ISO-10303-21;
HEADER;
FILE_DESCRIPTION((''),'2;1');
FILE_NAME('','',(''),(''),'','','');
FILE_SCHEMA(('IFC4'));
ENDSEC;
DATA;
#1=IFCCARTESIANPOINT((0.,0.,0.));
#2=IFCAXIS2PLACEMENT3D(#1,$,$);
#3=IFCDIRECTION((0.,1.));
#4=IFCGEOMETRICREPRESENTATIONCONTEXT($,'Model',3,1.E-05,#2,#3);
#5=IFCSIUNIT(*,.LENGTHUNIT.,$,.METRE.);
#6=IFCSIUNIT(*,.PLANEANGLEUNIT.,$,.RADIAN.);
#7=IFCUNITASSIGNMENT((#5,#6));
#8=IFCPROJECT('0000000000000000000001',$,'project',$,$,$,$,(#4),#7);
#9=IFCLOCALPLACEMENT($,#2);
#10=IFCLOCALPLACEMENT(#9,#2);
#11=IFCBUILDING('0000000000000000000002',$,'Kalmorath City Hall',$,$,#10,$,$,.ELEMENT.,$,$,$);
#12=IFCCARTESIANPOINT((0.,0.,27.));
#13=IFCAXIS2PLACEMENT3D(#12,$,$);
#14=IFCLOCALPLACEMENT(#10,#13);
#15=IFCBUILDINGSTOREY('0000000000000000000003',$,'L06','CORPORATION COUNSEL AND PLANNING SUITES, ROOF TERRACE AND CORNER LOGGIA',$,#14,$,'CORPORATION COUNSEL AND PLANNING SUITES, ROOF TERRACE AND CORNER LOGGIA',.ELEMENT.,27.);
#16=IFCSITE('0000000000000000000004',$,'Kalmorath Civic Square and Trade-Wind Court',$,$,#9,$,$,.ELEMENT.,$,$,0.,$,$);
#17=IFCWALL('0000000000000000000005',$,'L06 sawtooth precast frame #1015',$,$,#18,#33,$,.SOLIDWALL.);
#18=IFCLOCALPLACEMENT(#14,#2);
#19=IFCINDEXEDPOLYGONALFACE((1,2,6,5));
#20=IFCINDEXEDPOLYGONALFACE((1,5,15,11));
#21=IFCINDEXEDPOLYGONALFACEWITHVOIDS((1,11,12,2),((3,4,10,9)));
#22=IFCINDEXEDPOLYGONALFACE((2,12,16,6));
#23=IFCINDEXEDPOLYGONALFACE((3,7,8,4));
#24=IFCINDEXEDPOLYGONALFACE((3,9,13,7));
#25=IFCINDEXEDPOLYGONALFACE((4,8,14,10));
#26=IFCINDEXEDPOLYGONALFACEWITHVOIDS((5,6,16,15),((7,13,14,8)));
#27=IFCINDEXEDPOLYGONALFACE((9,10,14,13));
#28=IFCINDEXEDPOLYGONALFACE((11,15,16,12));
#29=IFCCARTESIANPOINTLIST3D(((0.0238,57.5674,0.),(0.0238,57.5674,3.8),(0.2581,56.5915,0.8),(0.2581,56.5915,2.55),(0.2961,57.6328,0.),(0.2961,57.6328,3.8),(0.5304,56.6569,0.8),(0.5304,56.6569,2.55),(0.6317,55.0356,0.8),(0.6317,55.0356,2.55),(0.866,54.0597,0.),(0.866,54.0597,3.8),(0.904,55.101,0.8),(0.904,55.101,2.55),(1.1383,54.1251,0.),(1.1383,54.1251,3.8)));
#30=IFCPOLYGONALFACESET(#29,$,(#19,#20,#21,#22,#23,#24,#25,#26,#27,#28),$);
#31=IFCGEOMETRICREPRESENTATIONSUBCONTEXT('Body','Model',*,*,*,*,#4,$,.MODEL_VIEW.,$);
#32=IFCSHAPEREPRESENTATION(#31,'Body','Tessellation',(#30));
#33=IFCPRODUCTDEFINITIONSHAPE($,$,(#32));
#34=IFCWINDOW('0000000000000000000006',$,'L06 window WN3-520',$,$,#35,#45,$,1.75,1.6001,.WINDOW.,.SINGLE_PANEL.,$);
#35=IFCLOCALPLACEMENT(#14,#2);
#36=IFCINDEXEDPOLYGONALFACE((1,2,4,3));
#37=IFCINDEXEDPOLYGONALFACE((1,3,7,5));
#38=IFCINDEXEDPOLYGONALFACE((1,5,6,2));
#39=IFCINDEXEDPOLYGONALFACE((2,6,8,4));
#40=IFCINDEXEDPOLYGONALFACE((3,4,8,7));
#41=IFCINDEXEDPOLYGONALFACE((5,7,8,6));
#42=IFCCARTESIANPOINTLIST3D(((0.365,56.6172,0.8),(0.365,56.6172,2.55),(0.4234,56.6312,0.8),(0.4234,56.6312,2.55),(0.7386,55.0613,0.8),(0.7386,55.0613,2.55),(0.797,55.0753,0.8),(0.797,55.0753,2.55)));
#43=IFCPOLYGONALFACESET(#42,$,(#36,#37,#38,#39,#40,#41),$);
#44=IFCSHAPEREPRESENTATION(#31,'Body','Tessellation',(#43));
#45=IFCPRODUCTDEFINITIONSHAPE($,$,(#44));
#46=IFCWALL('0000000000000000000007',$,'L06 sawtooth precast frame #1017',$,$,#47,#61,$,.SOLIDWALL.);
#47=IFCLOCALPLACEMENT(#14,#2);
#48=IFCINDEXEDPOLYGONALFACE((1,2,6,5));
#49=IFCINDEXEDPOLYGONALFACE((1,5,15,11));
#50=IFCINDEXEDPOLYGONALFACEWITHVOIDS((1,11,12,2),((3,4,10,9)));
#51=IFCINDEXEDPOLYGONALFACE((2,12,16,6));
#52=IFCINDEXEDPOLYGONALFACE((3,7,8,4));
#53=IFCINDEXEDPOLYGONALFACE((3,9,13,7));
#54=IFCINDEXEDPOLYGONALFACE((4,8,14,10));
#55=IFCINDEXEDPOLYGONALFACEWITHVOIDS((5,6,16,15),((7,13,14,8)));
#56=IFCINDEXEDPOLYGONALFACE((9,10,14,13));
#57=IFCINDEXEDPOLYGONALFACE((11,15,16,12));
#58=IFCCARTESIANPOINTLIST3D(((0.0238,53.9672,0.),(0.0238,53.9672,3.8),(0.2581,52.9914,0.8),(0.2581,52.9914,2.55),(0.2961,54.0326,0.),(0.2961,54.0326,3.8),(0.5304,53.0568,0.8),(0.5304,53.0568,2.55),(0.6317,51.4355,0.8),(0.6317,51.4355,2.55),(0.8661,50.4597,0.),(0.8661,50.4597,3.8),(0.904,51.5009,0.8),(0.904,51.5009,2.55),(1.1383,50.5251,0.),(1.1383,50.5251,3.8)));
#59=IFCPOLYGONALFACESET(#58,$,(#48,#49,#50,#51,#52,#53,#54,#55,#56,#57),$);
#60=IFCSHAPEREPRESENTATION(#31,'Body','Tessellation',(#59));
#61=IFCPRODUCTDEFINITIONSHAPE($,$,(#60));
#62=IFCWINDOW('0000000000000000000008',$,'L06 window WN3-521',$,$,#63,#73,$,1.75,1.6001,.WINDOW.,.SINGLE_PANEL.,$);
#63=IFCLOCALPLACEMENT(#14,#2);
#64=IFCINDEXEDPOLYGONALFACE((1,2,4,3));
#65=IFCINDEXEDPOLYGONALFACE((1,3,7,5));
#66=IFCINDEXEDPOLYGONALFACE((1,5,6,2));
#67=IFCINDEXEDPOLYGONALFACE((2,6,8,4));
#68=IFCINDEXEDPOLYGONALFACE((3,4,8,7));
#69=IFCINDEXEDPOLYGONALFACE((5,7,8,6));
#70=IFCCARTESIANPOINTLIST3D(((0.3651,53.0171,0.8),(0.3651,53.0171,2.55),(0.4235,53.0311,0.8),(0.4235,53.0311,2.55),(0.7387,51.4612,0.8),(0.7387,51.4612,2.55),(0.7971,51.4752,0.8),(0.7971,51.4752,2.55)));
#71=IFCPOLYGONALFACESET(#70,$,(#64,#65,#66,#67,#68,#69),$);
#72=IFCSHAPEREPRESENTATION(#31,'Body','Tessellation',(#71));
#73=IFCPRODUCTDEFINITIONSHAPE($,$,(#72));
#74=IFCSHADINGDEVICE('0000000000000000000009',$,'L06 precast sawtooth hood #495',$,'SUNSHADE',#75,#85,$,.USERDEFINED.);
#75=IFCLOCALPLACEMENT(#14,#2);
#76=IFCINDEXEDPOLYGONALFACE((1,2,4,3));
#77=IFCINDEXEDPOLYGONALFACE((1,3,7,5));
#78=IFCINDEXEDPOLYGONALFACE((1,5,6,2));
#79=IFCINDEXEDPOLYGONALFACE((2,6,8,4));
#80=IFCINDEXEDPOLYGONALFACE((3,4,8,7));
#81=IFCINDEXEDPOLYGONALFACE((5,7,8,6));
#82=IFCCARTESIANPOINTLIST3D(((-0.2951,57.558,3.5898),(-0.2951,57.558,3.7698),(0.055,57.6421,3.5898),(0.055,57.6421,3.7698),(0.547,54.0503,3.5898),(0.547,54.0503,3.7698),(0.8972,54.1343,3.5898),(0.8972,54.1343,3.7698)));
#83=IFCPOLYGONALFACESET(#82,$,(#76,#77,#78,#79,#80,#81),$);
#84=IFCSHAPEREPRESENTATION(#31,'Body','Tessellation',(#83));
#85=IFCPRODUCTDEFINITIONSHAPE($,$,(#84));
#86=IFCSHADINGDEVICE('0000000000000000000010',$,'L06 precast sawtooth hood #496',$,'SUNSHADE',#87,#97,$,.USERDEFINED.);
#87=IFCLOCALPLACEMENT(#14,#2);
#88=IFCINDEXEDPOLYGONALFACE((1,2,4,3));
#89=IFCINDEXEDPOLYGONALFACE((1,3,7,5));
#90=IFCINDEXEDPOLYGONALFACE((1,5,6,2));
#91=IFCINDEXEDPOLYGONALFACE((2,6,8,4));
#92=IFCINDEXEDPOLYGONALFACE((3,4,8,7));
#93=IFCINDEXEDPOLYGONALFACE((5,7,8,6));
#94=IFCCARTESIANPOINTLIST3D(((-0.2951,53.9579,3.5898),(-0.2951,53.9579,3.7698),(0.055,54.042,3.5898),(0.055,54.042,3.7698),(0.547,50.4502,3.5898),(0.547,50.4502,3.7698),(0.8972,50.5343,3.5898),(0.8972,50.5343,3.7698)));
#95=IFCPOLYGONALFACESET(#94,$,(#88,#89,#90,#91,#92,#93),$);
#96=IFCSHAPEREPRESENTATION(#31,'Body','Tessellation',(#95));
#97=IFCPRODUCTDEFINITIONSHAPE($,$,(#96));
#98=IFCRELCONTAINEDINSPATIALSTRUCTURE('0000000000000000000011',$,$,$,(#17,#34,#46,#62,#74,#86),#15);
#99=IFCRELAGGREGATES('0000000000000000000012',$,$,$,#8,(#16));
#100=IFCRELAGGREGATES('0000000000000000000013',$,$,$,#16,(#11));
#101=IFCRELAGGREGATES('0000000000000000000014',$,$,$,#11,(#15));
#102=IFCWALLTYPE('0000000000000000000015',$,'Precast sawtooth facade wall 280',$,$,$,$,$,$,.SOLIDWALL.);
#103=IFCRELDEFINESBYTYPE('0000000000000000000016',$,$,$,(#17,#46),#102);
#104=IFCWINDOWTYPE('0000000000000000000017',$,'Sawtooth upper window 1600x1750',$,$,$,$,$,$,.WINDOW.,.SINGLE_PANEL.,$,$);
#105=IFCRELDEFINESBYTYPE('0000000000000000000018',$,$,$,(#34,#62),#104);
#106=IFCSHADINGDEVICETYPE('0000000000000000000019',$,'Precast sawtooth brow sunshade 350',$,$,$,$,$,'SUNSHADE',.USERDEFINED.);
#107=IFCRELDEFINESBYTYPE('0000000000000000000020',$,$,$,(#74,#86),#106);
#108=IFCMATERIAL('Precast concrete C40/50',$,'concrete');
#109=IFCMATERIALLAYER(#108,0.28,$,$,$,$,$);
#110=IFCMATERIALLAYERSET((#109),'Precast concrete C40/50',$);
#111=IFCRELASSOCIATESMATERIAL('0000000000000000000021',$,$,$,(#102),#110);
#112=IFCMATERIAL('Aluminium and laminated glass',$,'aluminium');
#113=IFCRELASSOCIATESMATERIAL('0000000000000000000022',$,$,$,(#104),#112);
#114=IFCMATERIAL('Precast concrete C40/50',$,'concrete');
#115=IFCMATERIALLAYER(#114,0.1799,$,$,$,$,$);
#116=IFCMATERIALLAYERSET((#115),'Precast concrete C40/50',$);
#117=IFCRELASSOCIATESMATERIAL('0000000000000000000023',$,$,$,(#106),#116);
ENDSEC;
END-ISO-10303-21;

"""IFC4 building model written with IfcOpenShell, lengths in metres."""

from ifc_helpers import new_model, si_unit, direction, frame, frame_2d, origin, origin_2d, place, context, subcontext, project, spatial, rectangle, extrude, material, layer, layer_set, type_object, element, fill, save


model = new_model("IFC4")

# Units and contexts
model_context = context("Model", 3, precision=1e-05, world=origin(), true_north=direction((0.0, 1.0)))
body_context = subcontext(model_context, "Body", "Model", "MODEL_VIEW")
ifc_project = project(units=[si_unit("LENGTHUNIT", "METRE"), si_unit("PLANEANGLEUNIT", "RADIAN")], contexts=[model_context])

# Site, building, storey
site_placement = place(None, origin())
site = spatial("IfcSite", under=ifc_project, at=site_placement, Name="Kalmorath Civic Square and Trade-Wind Court", CompositionType="ELEMENT", RefElevation=0.0)
building_placement = place(site_placement, origin())
building = spatial("IfcBuilding", under=site, at=building_placement, Name="Kalmorath City Hall", CompositionType="ELEMENT")
storey_placement = place(building_placement, frame((0.0, 0.0, 27.0)))
storey = spatial("IfcBuildingStorey", under=building, at=storey_placement, Name="L06", Description="CORPORATION COUNSEL AND PLANNING SUITES, ROOF TERRACE AND CORNER LOGGIA", LongName="CORPORATION COUNSEL AND PLANNING SUITES, ROOF TERRACE AND CORNER LOGGIA", CompositionType="ELEMENT", Elevation=27.0)

# Walls, openings, windows
ifc_material_1 = material(Name="Precast concrete C40/50", Category="concrete")
ifc_layer_1 = layer(ifc_material_1, 0.28)
ifc_layer_set_1 = layer_set([ifc_layer_1], Name="Precast concrete C40/50")
wall_type_1 = type_object("IfcWallType", Name="Precast sawtooth facade wall 280", PredefinedType="SOLIDWALL", material=ifc_layer_set_1)
wall_1_placement = place(storey_placement, frame((0.1599, 57.6001, 0.0), z_axis=(0.0, 0.0, 1.0), x_axis=(0.23348, -0.972361, 0.0)))
wall_1 = element("IfcWall", 1, at=wall_1_placement, inside=storey, type_object=wall_type_1, Name="L06 sawtooth precast frame #1015", PredefinedType="SOLIDWALL", context=body_context, shape_type="SweptSolid", body=[
    extrude(rectangle(XDim=3.6074, YDim=0.28, at=frame_2d((1.8037, 0.0))), origin(), (0.0, 0.0, 1.0), 3.8),
])
opening_1_placement = place(wall_1_placement, frame((1.0037, 0.0, 0.8)))
opening_1 = element("IfcOpeningElement", 2, at=opening_1_placement, cuts=wall_1, PredefinedType="OPENING", context=body_context, shape_type="SweptSolid", body=[
    extrude(rectangle(XDim=1.6001, YDim=1.75, at=frame_2d((0.8, 0.875))), frame((0.0, 0.1499, 0.0), z_axis=(0.0, -1.0, 0.0), x_axis=(1.0, 0.0, 0.0)), (0.0, 0.0, 1.0), 0.3),
])
ifc_material_2 = material(Name="Aluminium and laminated glass", Category="aluminium")
window_type = type_object("IfcWindowType", Name="Sawtooth upper window 1600x1750", PartitioningType="SINGLE_PANEL", PredefinedType="WINDOW", material=ifc_material_2)
window_1_placement = place(opening_1_placement, origin())
window_1 = element("IfcWindow", 3, at=window_1_placement, inside=storey, type_object=window_type, Name="L06 window WN3-520", OverallHeight=1.75, OverallWidth=1.6001, PartitioningType="SINGLE_PANEL", PredefinedType="WINDOW", context=body_context, shape_type="SweptSolid", body=[
    extrude(rectangle(XDim=1.6001, YDim=1.75, at=frame_2d((0.8, 0.875))), frame((0.0, 0.03, 0.0), z_axis=(0.0, -1.0, 0.0), x_axis=(1.0, 0.0, 0.0)), (0.0, 0.0, 1.0), 0.0601),
])
fill(opening_1, window_1)
wall_2_placement = place(storey_placement, frame((0.1599, 54.0, 0.0), z_axis=(0.0, 0.0, 1.0), x_axis=(0.233496, -0.972358, 0.0)))
wall_2 = element("IfcWall", 4, at=wall_2_placement, inside=storey, type_object=wall_type_1, Name="L06 sawtooth precast frame #1017", PredefinedType="SOLIDWALL", context=body_context, shape_type="SweptSolid", body=[
    extrude(rectangle(XDim=3.6072, YDim=0.28, at=frame_2d((1.8037, 0.0))), origin(), (0.0, 0.0, 1.0), 3.8),
])
opening_2_placement = place(wall_2_placement, frame((1.0037, 0.0, 0.8)))
opening_2 = element("IfcOpeningElement", 5, at=opening_2_placement, cuts=wall_2, PredefinedType="OPENING", context=body_context, shape_type="SweptSolid", body=[
    extrude(rectangle(XDim=1.6001, YDim=1.75, at=frame_2d((0.8, 0.875))), frame((0.0, 0.1499, 0.0), z_axis=(0.0, -1.0, 0.0), x_axis=(1.0, 0.0, 0.0)), (0.0, 0.0, 1.0), 0.3),
])
window_2_placement = place(opening_2_placement, origin())
window_2 = element("IfcWindow", 6, at=window_2_placement, inside=storey, type_object=window_type, Name="L06 window WN3-521", OverallHeight=1.75, OverallWidth=1.6001, PartitioningType="SINGLE_PANEL", PredefinedType="WINDOW", context=body_context, shape_type="SweptSolid", body=[
    extrude(rectangle(XDim=1.6001, YDim=1.75, at=frame_2d((0.8, 0.875))), frame((0.0, 0.03, 0.0), z_axis=(0.0, -1.0, 0.0), x_axis=(1.0, 0.0, 0.0)), (0.0, 0.0, 1.0), 0.0601),
])
fill(opening_2, window_2)

# Shading devices
ifc_material_3 = material(Name="Precast concrete C40/50", Category="concrete")
ifc_layer_2 = layer(ifc_material_3, 0.1799)
ifc_layer_set_2 = layer_set([ifc_layer_2], Name="Precast concrete C40/50")
shading_device_type = type_object("IfcShadingDeviceType", Name="Precast sawtooth brow sunshade 350", ElementType="SUNSHADE", PredefinedType="USERDEFINED", material=ifc_layer_set_2)
for number, where, z_axis, x_axis, name in (
    (7, (0.301, 55.8462, 3.5898), (0.0, 0.0, 1.0), (0.233445, -0.97237, 0.0), "L06 precast sawtooth hood #495"),
    (8, (0.301, 52.2461, 3.5898), (0.0, 0.0, 1.0), (0.233445, -0.97237, 0.0), "L06 precast sawtooth hood #496"),
):
    element("IfcShadingDevice", number, at=place(storey_placement, frame(where, z_axis=z_axis, x_axis=x_axis)), inside=storey, type_object=shading_device_type, Name=name, ObjectType="SUNSHADE", PredefinedType="USERDEFINED", context=body_context, shape_type="SweptSolid", body=[
        extrude(rectangle(XDim=3.6074, YDim=0.3601, at=origin_2d()), origin(), (0.0, 0.0, 1.0), 0.1799),
    ])

save(model, "model.ifc")
